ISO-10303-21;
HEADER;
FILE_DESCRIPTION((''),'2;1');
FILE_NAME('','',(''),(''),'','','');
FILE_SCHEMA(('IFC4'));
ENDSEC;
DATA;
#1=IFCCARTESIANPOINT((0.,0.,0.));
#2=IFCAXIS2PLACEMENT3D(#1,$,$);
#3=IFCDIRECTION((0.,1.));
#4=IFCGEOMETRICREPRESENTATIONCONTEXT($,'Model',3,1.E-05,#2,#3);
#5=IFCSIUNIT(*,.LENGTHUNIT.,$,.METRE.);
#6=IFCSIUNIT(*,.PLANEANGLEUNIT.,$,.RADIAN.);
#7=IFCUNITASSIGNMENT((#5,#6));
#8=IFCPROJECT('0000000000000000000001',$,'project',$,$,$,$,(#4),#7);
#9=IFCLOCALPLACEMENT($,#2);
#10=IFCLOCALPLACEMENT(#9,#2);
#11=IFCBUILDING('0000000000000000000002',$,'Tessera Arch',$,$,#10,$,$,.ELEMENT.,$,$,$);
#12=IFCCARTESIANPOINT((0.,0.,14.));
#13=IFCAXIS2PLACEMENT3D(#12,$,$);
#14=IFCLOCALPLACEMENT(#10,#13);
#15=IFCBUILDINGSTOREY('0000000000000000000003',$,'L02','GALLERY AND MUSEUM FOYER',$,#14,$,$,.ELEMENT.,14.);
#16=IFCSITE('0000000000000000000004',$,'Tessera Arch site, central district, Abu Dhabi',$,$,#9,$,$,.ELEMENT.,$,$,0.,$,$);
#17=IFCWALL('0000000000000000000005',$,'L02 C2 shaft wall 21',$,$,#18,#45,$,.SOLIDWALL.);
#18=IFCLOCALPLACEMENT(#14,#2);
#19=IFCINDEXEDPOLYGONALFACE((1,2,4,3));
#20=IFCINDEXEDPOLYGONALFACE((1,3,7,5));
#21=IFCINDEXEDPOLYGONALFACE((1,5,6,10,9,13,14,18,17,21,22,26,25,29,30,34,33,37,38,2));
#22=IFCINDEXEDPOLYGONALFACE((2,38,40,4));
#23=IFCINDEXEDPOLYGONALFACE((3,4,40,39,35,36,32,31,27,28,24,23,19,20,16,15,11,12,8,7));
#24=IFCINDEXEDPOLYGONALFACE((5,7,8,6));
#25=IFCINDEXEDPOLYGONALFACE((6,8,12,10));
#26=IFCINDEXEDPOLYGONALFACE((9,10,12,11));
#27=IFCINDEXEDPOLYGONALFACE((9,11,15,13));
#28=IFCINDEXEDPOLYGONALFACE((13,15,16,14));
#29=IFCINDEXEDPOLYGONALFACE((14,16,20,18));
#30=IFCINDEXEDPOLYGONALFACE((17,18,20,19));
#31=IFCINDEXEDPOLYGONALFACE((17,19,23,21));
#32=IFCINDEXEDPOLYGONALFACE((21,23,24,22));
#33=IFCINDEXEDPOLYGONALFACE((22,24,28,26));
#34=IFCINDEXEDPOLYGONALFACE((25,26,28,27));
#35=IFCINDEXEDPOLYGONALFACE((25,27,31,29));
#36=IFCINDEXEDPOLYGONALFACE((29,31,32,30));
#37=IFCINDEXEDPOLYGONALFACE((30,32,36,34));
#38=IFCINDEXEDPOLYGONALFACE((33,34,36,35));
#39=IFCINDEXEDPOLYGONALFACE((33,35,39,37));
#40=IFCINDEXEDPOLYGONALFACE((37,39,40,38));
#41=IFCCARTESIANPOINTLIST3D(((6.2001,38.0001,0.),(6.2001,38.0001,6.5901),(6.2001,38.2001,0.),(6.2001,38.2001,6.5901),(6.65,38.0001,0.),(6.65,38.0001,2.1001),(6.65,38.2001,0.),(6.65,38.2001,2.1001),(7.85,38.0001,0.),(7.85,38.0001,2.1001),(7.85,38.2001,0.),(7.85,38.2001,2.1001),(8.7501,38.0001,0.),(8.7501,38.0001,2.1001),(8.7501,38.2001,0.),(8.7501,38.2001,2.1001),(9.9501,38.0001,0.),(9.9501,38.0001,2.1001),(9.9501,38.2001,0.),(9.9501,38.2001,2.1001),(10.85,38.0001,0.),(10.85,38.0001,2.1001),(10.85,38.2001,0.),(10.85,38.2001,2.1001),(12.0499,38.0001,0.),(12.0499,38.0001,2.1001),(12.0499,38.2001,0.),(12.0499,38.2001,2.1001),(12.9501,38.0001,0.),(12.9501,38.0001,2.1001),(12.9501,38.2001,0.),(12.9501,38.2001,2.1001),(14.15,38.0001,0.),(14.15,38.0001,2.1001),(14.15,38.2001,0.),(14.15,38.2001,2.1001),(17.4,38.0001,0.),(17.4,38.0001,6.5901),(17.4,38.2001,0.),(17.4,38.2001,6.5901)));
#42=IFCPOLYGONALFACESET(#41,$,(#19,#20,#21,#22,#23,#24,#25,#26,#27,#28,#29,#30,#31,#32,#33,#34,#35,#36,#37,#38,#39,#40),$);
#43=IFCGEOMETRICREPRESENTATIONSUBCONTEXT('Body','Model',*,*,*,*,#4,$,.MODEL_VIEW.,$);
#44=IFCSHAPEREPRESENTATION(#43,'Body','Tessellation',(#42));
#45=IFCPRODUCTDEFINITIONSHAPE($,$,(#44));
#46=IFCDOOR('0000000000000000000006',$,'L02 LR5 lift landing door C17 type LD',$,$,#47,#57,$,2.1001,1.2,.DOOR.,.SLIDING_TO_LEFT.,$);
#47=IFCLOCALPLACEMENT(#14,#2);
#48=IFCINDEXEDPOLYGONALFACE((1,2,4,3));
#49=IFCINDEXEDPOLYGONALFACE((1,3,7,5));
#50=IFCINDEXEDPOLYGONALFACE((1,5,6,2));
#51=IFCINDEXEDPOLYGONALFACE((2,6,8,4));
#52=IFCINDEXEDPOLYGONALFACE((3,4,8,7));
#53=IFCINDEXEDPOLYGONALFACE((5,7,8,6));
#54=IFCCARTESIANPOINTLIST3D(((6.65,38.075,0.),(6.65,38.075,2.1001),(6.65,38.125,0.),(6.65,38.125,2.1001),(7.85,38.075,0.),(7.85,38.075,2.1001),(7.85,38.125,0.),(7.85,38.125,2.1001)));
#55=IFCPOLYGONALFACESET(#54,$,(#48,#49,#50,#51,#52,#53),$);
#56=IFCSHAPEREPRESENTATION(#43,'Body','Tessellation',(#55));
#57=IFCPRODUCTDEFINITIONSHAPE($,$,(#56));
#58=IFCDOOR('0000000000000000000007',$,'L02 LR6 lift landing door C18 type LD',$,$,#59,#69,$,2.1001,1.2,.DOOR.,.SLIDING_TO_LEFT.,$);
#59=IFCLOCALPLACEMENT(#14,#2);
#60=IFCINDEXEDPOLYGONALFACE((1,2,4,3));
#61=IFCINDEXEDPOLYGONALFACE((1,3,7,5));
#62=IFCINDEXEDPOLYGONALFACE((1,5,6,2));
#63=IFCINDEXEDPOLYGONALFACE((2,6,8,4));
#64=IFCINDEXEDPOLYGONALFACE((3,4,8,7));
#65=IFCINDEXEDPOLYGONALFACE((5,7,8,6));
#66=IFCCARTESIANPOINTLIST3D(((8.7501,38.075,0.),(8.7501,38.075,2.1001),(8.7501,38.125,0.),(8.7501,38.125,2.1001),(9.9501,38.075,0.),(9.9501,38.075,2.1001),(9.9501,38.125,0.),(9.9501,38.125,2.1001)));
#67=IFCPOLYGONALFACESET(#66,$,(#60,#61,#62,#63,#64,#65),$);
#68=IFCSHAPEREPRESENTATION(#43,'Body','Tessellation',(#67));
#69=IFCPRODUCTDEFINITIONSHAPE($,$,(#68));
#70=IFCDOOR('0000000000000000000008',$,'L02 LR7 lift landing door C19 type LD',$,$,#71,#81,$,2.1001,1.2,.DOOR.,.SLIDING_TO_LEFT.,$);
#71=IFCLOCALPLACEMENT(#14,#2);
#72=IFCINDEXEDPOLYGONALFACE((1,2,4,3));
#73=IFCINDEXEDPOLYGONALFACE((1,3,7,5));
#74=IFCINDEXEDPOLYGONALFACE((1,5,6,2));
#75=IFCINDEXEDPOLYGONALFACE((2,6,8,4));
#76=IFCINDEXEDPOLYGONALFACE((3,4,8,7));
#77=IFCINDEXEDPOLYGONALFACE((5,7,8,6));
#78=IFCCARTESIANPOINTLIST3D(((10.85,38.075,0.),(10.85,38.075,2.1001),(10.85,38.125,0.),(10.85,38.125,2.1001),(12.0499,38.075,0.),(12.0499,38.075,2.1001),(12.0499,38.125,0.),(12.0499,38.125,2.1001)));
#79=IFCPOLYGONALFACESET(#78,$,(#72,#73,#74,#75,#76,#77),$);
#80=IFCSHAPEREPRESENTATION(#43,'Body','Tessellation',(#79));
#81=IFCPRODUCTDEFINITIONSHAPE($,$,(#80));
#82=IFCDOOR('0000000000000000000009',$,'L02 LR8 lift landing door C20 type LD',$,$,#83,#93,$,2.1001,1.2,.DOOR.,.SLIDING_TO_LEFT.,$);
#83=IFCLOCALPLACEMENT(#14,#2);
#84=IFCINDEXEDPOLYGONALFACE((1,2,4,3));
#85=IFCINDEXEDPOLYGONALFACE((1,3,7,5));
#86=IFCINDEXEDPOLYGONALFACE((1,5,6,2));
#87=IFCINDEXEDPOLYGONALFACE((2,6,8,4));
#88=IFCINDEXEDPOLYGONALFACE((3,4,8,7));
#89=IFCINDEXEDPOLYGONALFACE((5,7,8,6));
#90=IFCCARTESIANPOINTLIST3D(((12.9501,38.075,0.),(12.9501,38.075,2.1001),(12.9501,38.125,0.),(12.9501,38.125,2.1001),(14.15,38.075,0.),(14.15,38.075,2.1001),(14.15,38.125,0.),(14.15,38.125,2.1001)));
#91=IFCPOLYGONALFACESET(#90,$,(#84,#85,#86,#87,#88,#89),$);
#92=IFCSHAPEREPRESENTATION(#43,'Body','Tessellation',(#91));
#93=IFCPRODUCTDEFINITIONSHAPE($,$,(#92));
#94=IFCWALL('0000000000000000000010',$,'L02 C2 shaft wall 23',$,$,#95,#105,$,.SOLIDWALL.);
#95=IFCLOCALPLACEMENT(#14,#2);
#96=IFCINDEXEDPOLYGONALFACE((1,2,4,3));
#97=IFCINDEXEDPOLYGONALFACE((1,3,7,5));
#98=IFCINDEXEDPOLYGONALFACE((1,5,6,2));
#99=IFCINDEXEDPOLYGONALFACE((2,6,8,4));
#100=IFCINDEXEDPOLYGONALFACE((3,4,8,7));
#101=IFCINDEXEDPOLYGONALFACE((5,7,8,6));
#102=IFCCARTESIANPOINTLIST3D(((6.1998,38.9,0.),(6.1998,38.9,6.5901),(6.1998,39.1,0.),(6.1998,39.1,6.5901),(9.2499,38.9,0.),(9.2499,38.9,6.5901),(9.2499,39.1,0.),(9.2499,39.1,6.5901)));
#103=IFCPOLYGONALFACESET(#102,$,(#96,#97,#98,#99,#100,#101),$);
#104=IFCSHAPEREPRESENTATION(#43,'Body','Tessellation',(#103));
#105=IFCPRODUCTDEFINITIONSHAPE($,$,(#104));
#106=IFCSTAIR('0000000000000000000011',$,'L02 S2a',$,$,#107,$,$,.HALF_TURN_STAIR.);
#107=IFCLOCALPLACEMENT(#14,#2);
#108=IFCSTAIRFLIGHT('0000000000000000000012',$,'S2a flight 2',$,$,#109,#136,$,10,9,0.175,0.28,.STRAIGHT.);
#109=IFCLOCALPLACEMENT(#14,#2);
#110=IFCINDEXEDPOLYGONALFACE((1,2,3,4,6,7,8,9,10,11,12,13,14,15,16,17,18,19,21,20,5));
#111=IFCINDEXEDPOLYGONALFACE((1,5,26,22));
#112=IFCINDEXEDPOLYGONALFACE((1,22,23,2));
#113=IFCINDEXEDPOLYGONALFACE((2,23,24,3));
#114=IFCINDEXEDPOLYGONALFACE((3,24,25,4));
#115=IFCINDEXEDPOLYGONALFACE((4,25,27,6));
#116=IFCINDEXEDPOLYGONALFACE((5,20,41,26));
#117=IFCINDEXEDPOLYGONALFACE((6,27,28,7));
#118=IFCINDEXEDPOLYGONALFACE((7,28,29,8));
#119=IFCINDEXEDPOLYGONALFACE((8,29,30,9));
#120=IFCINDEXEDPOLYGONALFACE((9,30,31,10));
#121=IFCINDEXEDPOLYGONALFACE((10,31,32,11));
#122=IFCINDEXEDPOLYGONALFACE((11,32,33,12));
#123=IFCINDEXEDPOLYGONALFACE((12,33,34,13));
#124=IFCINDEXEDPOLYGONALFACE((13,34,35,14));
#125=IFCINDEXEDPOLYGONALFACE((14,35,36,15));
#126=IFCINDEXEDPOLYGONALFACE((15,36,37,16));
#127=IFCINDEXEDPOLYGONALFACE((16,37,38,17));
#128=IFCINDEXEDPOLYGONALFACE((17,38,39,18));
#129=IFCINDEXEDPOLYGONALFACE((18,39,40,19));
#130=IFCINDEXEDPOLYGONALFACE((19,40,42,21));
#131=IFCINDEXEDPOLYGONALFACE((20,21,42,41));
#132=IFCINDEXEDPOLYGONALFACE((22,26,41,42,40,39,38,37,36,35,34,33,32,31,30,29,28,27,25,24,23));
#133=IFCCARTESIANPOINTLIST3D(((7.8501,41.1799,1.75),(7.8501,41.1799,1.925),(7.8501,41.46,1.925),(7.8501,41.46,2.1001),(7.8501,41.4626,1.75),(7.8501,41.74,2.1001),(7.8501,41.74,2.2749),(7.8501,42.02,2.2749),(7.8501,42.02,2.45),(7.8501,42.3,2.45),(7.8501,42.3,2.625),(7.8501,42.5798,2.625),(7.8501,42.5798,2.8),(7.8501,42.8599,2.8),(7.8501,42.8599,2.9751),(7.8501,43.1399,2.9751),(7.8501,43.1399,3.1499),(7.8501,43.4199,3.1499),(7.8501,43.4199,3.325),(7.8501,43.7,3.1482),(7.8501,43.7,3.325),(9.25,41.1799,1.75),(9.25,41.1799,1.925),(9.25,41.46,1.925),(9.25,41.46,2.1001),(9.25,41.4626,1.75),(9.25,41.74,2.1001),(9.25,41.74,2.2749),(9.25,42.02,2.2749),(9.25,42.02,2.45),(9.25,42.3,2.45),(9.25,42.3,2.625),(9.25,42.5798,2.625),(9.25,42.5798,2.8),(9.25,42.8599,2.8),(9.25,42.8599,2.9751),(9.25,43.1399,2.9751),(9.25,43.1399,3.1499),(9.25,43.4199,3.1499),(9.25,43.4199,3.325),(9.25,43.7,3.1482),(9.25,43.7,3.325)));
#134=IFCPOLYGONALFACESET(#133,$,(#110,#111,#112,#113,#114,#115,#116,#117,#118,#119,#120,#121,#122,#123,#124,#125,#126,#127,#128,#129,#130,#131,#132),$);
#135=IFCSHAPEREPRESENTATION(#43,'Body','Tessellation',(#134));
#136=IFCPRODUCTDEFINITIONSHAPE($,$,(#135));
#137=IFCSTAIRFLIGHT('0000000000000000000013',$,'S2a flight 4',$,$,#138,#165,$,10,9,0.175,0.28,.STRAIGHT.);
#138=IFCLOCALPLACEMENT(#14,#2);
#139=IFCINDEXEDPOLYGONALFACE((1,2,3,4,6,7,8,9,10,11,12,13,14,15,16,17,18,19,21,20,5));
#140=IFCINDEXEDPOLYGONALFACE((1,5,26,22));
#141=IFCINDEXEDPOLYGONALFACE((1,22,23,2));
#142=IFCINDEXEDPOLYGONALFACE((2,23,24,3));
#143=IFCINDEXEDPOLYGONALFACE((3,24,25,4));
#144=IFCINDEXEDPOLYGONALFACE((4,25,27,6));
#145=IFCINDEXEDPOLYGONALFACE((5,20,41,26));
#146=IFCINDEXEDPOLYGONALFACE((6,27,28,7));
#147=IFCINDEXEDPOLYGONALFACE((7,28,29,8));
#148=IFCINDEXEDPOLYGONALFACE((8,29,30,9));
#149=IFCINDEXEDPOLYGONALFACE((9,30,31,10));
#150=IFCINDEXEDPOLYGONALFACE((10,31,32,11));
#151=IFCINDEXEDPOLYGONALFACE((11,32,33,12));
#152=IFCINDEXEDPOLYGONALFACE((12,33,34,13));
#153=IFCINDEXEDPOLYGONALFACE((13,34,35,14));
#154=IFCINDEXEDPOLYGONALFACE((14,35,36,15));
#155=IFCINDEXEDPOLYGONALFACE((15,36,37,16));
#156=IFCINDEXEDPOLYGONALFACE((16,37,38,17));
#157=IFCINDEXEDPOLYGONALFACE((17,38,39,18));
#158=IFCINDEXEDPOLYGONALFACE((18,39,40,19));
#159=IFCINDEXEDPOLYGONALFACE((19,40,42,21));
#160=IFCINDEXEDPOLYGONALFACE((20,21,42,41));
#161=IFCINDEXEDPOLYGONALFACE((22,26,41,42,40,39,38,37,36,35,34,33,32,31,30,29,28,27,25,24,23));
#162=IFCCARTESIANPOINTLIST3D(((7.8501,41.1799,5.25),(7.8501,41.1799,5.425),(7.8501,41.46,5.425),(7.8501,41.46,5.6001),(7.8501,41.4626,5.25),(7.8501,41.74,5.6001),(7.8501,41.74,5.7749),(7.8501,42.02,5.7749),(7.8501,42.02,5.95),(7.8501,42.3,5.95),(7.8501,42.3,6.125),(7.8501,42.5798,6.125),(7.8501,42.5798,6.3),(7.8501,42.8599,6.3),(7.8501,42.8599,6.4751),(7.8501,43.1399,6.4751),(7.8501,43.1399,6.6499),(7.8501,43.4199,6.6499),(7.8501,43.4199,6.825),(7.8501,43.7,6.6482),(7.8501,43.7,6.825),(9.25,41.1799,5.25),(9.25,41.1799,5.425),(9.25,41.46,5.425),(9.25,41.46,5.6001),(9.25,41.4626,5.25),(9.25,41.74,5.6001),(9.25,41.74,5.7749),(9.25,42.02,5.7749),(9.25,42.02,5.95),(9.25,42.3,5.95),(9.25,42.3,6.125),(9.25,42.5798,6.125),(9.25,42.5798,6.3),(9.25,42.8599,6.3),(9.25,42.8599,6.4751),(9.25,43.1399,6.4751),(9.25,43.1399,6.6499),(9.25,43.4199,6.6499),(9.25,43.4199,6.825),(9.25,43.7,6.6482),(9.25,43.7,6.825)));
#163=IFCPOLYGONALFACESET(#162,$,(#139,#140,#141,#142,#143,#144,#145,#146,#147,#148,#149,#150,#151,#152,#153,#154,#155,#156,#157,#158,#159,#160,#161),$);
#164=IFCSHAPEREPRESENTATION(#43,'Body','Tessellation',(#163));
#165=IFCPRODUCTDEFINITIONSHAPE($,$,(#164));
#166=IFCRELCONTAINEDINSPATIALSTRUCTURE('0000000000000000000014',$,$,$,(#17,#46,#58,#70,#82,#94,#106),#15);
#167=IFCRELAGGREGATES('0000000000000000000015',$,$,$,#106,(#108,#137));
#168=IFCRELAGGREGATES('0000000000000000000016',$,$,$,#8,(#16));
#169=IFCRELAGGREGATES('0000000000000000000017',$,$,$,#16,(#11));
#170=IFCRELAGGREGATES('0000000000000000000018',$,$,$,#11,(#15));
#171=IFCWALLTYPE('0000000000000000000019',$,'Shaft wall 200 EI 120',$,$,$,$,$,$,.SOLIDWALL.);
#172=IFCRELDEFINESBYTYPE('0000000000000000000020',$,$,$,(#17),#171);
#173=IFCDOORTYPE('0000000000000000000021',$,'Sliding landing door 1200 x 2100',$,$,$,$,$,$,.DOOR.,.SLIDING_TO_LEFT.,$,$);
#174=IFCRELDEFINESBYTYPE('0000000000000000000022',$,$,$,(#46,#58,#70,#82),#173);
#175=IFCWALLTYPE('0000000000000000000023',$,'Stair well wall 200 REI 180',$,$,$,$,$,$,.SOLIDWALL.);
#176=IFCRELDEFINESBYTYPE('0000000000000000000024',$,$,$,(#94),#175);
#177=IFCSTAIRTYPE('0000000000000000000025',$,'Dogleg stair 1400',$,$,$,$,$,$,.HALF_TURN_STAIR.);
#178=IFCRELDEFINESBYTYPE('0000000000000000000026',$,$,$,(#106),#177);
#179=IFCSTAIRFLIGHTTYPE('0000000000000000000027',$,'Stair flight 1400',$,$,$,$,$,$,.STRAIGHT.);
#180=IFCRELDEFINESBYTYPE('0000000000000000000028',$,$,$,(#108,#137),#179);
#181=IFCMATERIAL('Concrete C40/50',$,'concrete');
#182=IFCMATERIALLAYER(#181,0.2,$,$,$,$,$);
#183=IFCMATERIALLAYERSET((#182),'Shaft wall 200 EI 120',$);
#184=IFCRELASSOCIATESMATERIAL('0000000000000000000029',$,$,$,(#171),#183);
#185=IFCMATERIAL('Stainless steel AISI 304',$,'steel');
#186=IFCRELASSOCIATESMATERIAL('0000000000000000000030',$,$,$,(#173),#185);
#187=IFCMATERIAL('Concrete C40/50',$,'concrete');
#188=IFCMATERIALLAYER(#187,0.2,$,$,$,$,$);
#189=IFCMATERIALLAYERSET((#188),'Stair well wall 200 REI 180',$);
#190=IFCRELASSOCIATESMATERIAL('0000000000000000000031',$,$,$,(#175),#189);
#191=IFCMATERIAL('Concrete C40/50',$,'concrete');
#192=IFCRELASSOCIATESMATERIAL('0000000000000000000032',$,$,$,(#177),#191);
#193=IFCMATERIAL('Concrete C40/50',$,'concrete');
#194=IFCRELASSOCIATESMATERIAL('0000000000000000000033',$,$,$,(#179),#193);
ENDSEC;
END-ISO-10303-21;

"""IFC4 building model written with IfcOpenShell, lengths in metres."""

from ifc_helpers import new_model, si_unit, direction, frame, frame_2d, origin, place, context, subcontext, project, spatial, polyline, rectangle, outline, extrude, material, layer, layer_set, type_object, element, fill, aggregate, save


model = new_model("IFC4")

# Units and contexts
model_context = context("Model", 3, precision=1e-05, world=origin(), true_north=direction((0.0, 1.0)))
body_context = subcontext(model_context, "Body", "Model", "MODEL_VIEW")
ifc_project = project(units=[si_unit("LENGTHUNIT", "METRE"), si_unit("PLANEANGLEUNIT", "RADIAN")], contexts=[model_context])

# Site, building, storey
site_placement = place(None, origin())
site = spatial("IfcSite", under=ifc_project, at=site_placement, Name="Tessera Arch site, central district, Abu Dhabi", CompositionType="ELEMENT", RefElevation=0.0)
building_placement = place(site_placement, origin())
building = spatial("IfcBuilding", under=site, at=building_placement, Name="Tessera Arch", CompositionType="ELEMENT")
storey_placement = place(building_placement, frame((0.0, 0.0, 14.0)))
storey = spatial("IfcBuildingStorey", under=building, at=storey_placement, Name="L02", Description="GALLERY AND MUSEUM FOYER", CompositionType="ELEMENT", Elevation=14.0)

# Shared definitions
ifc_material_1 = material(Name="Concrete C40/50", Category="concrete")
ifc_layer_1 = layer(ifc_material_1, 0.2)
ifc_layer_set_1 = layer_set([ifc_layer_1], Name="Shaft wall 200 EI 120")
wall_type_1 = type_object("IfcWallType", Name="Shaft wall 200 EI 120", PredefinedType="SOLIDWALL", material=ifc_layer_set_1)

# Shared definitions
ifc_material_2 = material(Name="Stainless steel AISI 304", Category="steel")
door_type = type_object("IfcDoorType", Name="Sliding landing door 1200 x 2100", OperationType="SLIDING_TO_LEFT", PredefinedType="DOOR", material=ifc_material_2)

# Wall, openings, doors
wall_1_placement = place(storey_placement, frame((6.2, 38.1001, 0.0), z_axis=(0.0, 0.0, 1.0), x_axis=(1.0, 0.0, 0.0)))
wall_1 = element("IfcWall", 1, at=wall_1_placement, inside=storey, type_object=wall_type_1, Name="L02 C2 shaft wall 21", PredefinedType="SOLIDWALL", context=body_context, shape_type="SweptSolid", body=[
    extrude(rectangle(XDim=11.2, YDim=0.2, at=frame_2d((5.6001, 0.0))), origin(), (0.0, 0.0, 1.0), 6.5901),
])
opening_1_placement = place(wall_1_placement, frame((0.45, 0.0, 0.0)))
opening_1 = element("IfcOpeningElement", 2, at=opening_1_placement, cuts=wall_1, PredefinedType="OPENING", context=body_context, shape_type="SweptSolid", body=[
    extrude(rectangle(XDim=1.2, YDim=2.1001, at=frame_2d((0.6001, 1.05))), frame((0.0, 0.1099, 0.0), z_axis=(0.0, -1.0, 0.0), x_axis=(1.0, 0.0, 0.0)), (0.0, 0.0, 1.0), 0.22),
])
opening_2_placement = place(wall_1_placement, frame((2.55, 0.0, 0.0)))
opening_2 = element("IfcOpeningElement", 3, at=opening_2_placement, cuts=wall_1, PredefinedType="OPENING", context=body_context, shape_type="SweptSolid", body=[
    extrude(rectangle(XDim=1.2, YDim=2.1001, at=frame_2d((0.6001, 1.05))), frame((0.0, 0.1099, 0.0), z_axis=(0.0, -1.0, 0.0), x_axis=(1.0, 0.0, 0.0)), (0.0, 0.0, 1.0), 0.22),
])
opening_3_placement = place(wall_1_placement, frame((4.6499, 0.0, 0.0)))
opening_3 = element("IfcOpeningElement", 4, at=opening_3_placement, cuts=wall_1, PredefinedType="OPENING", context=body_context, shape_type="SweptSolid", body=[
    extrude(rectangle(XDim=1.2, YDim=2.1001, at=frame_2d((0.6001, 1.05))), frame((0.0, 0.1099, 0.0), z_axis=(0.0, -1.0, 0.0), x_axis=(1.0, 0.0, 0.0)), (0.0, 0.0, 1.0), 0.22),
])
opening_4_placement = place(wall_1_placement, frame((6.75, 0.0, 0.0)))
opening_4 = element("IfcOpeningElement", 5, at=opening_4_placement, cuts=wall_1, PredefinedType="OPENING", context=body_context, shape_type="SweptSolid", body=[
    extrude(rectangle(XDim=1.2, YDim=2.1001, at=frame_2d((0.6001, 1.05))), frame((0.0, 0.1099, 0.0), z_axis=(0.0, -1.0, 0.0), x_axis=(1.0, 0.0, 0.0)), (0.0, 0.0, 1.0), 0.22),
])
door_1_placement = place(opening_1_placement, origin())
door_1 = element("IfcDoor", 6, at=door_1_placement, inside=storey, type_object=door_type, Name="L02 LR5 lift landing door C17 type LD", OperationType="SLIDING_TO_LEFT", OverallHeight=2.1001, OverallWidth=1.2, PredefinedType="DOOR", context=body_context, shape_type="SweptSolid", body=[
    extrude(rectangle(XDim=1.2, YDim=2.1001, at=frame_2d((0.6001, 1.05))), frame((0.0, 0.0249, 0.0), z_axis=(0.0, -1.0, 0.0), x_axis=(1.0, 0.0, 0.0)), (0.0, 0.0, 1.0), 0.05),
])
fill(opening_1, door_1)
door_2_placement = place(opening_2_placement, origin())
door_2 = element("IfcDoor", 7, at=door_2_placement, inside=storey, type_object=door_type, Name="L02 LR6 lift landing door C18 type LD", OperationType="SLIDING_TO_LEFT", OverallHeight=2.1001, OverallWidth=1.2, PredefinedType="DOOR", context=body_context, shape_type="SweptSolid", body=[
    extrude(rectangle(XDim=1.2, YDim=2.1001, at=frame_2d((0.6001, 1.05))), frame((0.0, 0.0249, 0.0), z_axis=(0.0, -1.0, 0.0), x_axis=(1.0, 0.0, 0.0)), (0.0, 0.0, 1.0), 0.05),
])
fill(opening_2, door_2)
door_3_placement = place(opening_3_placement, origin())
door_3 = element("IfcDoor", 8, at=door_3_placement, inside=storey, type_object=door_type, Name="L02 LR7 lift landing door C19 type LD", OperationType="SLIDING_TO_LEFT", OverallHeight=2.1001, OverallWidth=1.2, PredefinedType="DOOR", context=body_context, shape_type="SweptSolid", body=[
    extrude(rectangle(XDim=1.2, YDim=2.1001, at=frame_2d((0.6001, 1.05))), frame((0.0, 0.0249, 0.0), z_axis=(0.0, -1.0, 0.0), x_axis=(1.0, 0.0, 0.0)), (0.0, 0.0, 1.0), 0.05),
])
fill(opening_3, door_3)
door_4_placement = place(opening_4_placement, origin())
door_4 = element("IfcDoor", 9, at=door_4_placement, inside=storey, type_object=door_type, Name="L02 LR8 lift landing door C20 type LD", OperationType="SLIDING_TO_LEFT", OverallHeight=2.1001, OverallWidth=1.2, PredefinedType="DOOR", context=body_context, shape_type="SweptSolid", body=[
    extrude(rectangle(XDim=1.2, YDim=2.1001, at=frame_2d((0.6001, 1.05))), frame((0.0, 0.0249, 0.0), z_axis=(0.0, -1.0, 0.0), x_axis=(1.0, 0.0, 0.0)), (0.0, 0.0, 1.0), 0.05),
])
fill(opening_4, door_4)

# Wall
ifc_material_3 = material(Name="Concrete C40/50", Category="concrete")
ifc_layer_2 = layer(ifc_material_3, 0.2)
ifc_layer_set_2 = layer_set([ifc_layer_2], Name="Stair well wall 200 REI 180")
wall_type_2 = type_object("IfcWallType", Name="Stair well wall 200 REI 180", PredefinedType="SOLIDWALL", material=ifc_layer_set_2)
wall_2_placement = place(storey_placement, frame((6.2, 39.0, 0.0), z_axis=(0.0, 0.0, 1.0), x_axis=(1.0, 0.0, 0.0)))
element("IfcWall", 10, at=wall_2_placement, inside=storey, type_object=wall_type_2, Name="L02 C2 shaft wall 23", PredefinedType="SOLIDWALL", context=body_context, shape_type="SweptSolid", body=[
    extrude(rectangle(XDim=3.05, YDim=0.2, at=frame_2d((1.5249, 0.0))), origin(), (0.0, 0.0, 1.0), 6.5901),
])

# Stair, stair flights
ifc_material_4 = material(Name="Concrete C40/50", Category="concrete")
stair_type = type_object("IfcStairType", Name="Dogleg stair 1400", PredefinedType="HALF_TURN_STAIR", material=ifc_material_4)
stair_placement = place(storey_placement, origin())
stair = element("IfcStair", 11, at=stair_placement, inside=storey, type_object=stair_type, Name="L02 S2a", PredefinedType="HALF_TURN_STAIR")
ifc_material_5 = material(Name="Concrete C40/50", Category="concrete")
stair_flight_type = type_object("IfcStairFlightType", Name="Stair flight 1400", PredefinedType="STRAIGHT", material=ifc_material_5)
stair_flight_1_placement = place(storey_placement, frame((8.55, 41.1799, 1.75), z_axis=(0.0, 0.0, 1.0), x_axis=(0.0, 1.0, 0.0)))
stair_flight_1 = element("IfcStairFlight", 12, at=stair_flight_1_placement, type_object=stair_flight_type, Name="S2a flight 2", NumberOfRisers=10, NumberOfTreads=9, PredefinedType="STRAIGHT", RiserHeight=0.175, TreadLength=0.28, context=body_context, shape_type="SweptSolid", body=[
    extrude(outline(polyline([(0.0, 0.0), (0.0, 0.175), (0.28, 0.175), (0.28, 0.3501), (0.5601, 0.3501), (0.5601, 0.5249), (0.8401, 0.5249), (0.8401, 0.7), (1.1201, 0.7), (1.1201, 0.875), (1.3999, 0.875), (1.3999, 1.05), (1.6799, 1.05), (1.6799, 1.2251), (1.96, 1.2251), (1.96, 1.3999), (2.24, 1.3999), (2.24, 1.575), (2.52, 1.575), (2.52, 1.75), (2.52, 1.3982), (0.2827, 0.0), (0.0, 0.0)])), frame((0.0, 0.7, 0.0), z_axis=(0.0, -1.0, 0.0), x_axis=(1.0, 0.0, 0.0)), (0.0, 0.0, 1.0), 1.3999),
])
stair_flight_2_placement = place(storey_placement, frame((8.55, 41.1799, 5.25), z_axis=(0.0, 0.0, 1.0), x_axis=(0.0, 1.0, 0.0)))
stair_flight_2 = element("IfcStairFlight", 13, at=stair_flight_2_placement, type_object=stair_flight_type, Name="S2a flight 4", NumberOfRisers=10, NumberOfTreads=9, PredefinedType="STRAIGHT", RiserHeight=0.175, TreadLength=0.28, context=body_context, shape_type="SweptSolid", body=[
    extrude(outline(polyline([(0.0, 0.0), (0.0, 0.175), (0.28, 0.175), (0.28, 0.3501), (0.5601, 0.3501), (0.5601, 0.5249), (0.8401, 0.5249), (0.8401, 0.7), (1.1201, 0.7), (1.1201, 0.875), (1.3999, 0.875), (1.3999, 1.05), (1.6799, 1.05), (1.6799, 1.2251), (1.96, 1.2251), (1.96, 1.3999), (2.24, 1.3999), (2.24, 1.575), (2.52, 1.575), (2.52, 1.75), (2.52, 1.3982), (0.2827, 0.0), (0.0, 0.0)])), frame((0.0, 0.7, 0.0), z_axis=(0.0, -1.0, 0.0), x_axis=(1.0, 0.0, 0.0)), (0.0, 0.0, 1.0), 1.3999),
])
aggregate(stair, [stair_flight_1, stair_flight_2])

save(model, "model.ifc")
